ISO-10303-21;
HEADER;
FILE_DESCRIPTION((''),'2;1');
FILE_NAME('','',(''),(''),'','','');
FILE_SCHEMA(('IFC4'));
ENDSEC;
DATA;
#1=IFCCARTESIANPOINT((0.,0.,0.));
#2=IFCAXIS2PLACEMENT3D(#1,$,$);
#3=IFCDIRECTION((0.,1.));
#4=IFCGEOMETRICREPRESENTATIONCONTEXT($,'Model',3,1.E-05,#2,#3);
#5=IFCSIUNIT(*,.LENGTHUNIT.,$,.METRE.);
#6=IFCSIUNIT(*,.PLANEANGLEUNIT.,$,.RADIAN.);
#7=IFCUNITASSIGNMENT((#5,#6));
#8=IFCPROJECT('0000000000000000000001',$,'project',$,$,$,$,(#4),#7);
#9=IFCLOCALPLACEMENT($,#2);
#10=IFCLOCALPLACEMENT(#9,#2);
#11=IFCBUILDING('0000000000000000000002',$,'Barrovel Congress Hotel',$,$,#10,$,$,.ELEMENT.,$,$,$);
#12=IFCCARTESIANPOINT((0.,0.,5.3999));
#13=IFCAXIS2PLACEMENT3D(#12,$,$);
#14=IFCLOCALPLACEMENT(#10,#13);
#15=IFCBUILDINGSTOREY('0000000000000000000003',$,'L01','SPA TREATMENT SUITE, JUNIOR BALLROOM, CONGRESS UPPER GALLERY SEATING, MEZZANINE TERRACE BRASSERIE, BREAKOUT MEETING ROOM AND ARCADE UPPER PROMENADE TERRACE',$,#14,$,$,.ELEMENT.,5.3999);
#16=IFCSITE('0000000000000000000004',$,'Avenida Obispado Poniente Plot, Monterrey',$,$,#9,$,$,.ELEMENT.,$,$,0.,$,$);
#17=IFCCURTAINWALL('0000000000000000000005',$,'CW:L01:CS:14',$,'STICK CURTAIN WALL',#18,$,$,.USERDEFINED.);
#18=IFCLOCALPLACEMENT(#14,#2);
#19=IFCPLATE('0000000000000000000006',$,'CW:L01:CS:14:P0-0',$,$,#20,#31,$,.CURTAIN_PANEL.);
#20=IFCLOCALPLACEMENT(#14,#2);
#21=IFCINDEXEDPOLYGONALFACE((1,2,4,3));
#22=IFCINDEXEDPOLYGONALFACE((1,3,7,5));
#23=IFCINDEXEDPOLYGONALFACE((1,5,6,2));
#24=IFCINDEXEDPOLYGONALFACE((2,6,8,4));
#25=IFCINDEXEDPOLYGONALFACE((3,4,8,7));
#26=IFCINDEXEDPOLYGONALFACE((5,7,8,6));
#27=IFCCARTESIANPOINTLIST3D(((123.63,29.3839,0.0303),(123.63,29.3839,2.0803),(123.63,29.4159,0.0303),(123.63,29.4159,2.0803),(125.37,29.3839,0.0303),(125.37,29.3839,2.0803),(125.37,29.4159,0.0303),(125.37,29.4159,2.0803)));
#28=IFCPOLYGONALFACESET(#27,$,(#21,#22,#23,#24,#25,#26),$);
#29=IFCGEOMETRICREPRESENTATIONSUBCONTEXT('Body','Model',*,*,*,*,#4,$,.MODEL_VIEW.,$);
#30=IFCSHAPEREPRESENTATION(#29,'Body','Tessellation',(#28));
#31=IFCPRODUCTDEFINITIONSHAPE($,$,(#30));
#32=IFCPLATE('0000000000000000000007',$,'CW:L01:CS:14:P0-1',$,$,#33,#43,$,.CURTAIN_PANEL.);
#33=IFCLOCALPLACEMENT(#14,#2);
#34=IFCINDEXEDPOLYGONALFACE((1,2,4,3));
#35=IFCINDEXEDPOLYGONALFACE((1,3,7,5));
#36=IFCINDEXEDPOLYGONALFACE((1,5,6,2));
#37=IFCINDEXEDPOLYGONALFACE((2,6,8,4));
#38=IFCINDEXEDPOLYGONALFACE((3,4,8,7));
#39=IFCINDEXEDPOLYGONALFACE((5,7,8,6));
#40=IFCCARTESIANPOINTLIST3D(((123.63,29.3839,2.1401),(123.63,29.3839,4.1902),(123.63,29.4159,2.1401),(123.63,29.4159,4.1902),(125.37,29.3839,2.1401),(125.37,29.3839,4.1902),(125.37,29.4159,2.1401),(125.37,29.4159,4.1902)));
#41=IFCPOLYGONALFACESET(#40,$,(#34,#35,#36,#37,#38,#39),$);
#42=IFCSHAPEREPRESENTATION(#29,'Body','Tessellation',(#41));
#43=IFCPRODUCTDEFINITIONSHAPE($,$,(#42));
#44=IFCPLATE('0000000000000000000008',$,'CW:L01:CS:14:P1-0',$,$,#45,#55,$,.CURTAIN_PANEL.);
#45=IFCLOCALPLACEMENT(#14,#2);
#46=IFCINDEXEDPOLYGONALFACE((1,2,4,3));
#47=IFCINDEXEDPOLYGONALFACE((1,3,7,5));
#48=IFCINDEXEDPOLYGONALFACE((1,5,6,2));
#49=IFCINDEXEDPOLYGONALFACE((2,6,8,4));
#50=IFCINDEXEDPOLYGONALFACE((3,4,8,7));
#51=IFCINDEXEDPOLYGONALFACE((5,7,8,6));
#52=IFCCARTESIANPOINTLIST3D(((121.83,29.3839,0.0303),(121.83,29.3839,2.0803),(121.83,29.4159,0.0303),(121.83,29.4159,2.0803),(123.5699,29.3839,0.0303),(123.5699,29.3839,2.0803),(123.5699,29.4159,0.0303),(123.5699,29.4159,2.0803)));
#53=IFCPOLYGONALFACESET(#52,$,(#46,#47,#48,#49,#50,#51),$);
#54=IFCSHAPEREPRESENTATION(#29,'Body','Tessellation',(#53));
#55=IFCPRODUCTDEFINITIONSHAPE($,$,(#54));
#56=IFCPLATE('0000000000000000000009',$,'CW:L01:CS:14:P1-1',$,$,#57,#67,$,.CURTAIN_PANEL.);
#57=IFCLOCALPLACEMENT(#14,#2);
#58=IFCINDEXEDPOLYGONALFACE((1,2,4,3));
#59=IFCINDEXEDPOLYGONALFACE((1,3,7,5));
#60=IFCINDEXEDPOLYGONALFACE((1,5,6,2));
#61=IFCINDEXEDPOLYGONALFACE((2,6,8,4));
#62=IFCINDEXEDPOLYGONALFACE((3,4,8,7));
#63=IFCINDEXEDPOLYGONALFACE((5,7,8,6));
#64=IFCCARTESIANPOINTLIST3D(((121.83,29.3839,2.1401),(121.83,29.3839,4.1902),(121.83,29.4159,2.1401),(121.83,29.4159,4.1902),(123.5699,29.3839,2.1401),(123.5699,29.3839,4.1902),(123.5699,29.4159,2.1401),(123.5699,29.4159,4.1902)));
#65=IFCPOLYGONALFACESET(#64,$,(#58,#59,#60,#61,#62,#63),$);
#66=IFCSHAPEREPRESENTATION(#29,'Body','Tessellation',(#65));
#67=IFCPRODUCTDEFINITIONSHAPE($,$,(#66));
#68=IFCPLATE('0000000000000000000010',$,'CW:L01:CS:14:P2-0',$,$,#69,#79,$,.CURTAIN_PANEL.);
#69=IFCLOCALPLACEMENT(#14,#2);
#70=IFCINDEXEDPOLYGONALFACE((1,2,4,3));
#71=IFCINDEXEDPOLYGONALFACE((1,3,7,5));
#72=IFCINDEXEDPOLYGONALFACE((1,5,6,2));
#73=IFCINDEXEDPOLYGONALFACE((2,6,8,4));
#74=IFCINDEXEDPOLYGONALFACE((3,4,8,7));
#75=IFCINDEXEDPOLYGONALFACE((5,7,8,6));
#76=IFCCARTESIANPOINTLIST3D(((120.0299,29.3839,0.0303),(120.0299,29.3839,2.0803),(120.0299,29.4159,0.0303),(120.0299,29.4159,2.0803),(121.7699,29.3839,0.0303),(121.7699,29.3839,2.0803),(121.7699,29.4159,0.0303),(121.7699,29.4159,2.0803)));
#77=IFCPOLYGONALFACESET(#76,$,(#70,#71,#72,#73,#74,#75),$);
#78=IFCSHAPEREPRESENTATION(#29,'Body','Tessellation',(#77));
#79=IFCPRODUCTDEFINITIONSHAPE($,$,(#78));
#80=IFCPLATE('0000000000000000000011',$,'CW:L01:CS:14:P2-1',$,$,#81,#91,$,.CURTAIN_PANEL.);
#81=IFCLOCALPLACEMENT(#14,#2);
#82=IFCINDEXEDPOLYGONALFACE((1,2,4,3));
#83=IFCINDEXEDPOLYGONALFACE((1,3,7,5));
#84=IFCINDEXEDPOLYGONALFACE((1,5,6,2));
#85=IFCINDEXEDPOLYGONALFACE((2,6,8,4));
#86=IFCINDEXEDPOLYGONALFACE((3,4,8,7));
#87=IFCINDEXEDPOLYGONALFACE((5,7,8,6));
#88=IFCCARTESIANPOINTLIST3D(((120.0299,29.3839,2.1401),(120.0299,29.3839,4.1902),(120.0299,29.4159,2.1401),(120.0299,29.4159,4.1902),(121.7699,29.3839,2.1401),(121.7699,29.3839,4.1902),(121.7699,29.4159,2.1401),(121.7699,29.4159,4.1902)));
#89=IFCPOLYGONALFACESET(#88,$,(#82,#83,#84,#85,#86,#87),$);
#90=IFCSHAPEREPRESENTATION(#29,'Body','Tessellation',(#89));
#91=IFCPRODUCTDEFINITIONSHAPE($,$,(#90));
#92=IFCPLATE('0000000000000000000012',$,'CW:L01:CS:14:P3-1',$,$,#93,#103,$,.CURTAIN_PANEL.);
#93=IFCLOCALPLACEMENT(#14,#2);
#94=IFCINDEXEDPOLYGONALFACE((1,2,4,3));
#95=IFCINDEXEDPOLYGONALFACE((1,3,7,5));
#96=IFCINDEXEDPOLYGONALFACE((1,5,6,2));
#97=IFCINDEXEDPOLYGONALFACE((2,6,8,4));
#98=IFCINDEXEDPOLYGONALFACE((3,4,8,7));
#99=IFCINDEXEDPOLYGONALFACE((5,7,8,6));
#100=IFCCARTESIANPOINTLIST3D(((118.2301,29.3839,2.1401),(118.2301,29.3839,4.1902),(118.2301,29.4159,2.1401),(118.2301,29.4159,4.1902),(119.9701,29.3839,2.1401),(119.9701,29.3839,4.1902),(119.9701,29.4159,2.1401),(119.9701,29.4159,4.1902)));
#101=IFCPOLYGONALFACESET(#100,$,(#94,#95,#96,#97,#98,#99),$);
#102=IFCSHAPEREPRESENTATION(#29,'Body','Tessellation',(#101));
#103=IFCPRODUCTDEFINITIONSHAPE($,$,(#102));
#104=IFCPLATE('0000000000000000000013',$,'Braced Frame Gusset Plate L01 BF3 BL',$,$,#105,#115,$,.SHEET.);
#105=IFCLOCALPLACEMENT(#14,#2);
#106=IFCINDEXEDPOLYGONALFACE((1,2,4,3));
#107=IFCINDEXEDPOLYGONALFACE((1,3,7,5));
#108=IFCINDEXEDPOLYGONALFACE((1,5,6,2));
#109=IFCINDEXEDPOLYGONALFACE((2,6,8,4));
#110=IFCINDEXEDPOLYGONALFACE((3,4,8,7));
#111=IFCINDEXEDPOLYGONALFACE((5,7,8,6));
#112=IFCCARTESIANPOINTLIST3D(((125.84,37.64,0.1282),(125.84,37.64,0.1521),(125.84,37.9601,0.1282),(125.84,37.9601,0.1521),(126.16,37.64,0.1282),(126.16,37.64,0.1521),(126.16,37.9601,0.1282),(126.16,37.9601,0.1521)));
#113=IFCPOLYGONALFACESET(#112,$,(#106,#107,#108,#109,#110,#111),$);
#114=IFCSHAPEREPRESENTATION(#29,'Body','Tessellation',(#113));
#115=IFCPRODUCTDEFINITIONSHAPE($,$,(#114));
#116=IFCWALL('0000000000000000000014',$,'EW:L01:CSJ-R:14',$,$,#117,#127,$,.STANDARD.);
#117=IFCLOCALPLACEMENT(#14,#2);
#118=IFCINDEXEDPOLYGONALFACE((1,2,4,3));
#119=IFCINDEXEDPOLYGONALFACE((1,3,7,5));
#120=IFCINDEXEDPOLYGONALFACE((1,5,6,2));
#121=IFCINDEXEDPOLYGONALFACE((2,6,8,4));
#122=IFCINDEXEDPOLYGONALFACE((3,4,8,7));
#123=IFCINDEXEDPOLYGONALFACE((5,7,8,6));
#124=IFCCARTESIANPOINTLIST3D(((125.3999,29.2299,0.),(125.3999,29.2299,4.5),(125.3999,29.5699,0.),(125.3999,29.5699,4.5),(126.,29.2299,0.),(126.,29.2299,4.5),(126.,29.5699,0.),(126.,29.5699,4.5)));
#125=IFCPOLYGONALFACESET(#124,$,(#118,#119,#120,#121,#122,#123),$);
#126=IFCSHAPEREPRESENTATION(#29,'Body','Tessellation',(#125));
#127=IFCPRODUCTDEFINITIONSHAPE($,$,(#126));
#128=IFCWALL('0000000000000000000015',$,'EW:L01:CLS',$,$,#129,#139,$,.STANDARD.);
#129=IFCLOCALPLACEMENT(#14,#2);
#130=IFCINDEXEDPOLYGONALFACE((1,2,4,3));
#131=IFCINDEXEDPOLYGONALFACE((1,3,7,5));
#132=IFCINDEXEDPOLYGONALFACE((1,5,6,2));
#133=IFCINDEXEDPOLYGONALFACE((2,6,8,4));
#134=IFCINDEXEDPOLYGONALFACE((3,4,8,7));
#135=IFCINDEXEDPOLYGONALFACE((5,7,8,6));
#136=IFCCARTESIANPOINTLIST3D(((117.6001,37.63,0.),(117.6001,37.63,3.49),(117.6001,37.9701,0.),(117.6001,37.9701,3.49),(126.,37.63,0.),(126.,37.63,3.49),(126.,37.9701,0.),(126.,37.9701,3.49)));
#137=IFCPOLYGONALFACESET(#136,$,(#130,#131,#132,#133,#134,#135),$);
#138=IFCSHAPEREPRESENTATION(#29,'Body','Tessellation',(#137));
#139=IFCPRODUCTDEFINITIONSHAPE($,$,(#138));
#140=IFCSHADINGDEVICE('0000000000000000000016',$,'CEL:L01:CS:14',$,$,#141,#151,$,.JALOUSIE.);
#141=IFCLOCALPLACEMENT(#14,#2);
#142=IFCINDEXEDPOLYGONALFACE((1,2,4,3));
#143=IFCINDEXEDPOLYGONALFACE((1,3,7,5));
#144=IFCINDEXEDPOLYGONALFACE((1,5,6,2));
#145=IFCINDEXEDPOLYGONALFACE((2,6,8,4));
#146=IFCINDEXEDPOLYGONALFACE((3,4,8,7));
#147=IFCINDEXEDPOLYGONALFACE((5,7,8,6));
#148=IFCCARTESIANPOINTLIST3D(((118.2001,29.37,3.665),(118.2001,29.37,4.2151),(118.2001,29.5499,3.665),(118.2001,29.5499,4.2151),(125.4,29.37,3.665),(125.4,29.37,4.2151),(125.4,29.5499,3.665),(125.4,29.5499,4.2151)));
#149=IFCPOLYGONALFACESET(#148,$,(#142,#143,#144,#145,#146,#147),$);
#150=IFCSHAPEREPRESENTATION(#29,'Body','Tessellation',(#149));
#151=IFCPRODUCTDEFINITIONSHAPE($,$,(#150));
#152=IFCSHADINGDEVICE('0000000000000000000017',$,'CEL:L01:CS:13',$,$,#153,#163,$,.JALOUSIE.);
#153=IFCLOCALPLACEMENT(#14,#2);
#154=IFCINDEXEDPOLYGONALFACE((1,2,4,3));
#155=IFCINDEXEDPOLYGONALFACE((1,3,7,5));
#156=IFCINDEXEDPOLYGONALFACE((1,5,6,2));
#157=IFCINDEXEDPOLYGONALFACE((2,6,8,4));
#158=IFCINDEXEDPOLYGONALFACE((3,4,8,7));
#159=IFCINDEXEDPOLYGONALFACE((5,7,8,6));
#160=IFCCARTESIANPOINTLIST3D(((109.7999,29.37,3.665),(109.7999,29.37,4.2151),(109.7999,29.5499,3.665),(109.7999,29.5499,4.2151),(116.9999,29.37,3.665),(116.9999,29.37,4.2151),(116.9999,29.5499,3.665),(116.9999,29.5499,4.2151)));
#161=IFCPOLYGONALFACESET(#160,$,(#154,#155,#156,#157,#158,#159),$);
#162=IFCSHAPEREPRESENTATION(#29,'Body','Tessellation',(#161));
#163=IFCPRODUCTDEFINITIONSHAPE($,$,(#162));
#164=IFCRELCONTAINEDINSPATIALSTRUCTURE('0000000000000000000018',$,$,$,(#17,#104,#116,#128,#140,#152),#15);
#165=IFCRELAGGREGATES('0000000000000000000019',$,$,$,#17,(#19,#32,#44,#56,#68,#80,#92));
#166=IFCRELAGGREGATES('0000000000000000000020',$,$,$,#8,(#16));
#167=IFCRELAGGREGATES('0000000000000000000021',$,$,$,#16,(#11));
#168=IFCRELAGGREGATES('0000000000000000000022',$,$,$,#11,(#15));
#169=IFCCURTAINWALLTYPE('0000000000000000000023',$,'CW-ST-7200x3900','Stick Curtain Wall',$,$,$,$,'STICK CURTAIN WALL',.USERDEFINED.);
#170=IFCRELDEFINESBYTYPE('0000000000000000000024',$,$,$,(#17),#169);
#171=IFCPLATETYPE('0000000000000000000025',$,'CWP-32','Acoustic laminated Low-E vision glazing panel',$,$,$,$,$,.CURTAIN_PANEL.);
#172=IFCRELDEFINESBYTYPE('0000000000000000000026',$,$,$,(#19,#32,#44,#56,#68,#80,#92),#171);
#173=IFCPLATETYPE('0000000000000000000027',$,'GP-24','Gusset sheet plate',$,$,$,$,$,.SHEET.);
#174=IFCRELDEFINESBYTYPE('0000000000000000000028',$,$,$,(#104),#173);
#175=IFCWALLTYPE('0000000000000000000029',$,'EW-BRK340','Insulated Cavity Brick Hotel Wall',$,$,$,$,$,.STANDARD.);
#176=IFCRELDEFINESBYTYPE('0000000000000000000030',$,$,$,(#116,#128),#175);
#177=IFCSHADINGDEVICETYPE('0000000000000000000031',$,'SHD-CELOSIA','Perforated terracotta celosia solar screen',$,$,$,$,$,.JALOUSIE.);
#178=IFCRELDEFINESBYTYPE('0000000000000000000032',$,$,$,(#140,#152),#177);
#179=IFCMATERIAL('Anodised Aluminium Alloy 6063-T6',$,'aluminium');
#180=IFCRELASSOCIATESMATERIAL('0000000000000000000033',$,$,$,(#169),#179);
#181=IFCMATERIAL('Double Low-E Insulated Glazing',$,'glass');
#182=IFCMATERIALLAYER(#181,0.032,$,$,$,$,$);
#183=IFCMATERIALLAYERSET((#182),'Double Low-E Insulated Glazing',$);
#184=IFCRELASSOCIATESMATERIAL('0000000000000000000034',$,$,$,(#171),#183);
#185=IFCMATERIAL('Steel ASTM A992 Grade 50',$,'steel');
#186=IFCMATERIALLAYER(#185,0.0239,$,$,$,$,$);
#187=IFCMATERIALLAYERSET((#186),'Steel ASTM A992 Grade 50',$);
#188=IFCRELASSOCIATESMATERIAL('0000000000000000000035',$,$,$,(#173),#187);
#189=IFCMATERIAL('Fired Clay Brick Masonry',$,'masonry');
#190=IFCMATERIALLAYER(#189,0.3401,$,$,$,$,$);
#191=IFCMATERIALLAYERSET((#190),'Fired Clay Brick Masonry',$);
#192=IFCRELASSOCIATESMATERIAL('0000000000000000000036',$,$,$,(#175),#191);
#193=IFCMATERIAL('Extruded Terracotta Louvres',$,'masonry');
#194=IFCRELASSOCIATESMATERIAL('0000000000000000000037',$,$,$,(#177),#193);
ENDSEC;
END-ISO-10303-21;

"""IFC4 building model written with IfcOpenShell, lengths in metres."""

from ifc_helpers import new_model, si_unit, direction, frame, frame_2d, origin, origin_2d, place, context, subcontext, project, spatial, rectangle, extrude, material, layer, layer_set, type_object, element, aggregate, save


model = new_model("IFC4")

# Units and contexts
model_context = context("Model", 3, precision=1e-05, world=origin(), true_north=direction((0.0, 1.0)))
body_context = subcontext(model_context, "Body", "Model", "MODEL_VIEW")
ifc_project = project(units=[si_unit("LENGTHUNIT", "METRE"), si_unit("PLANEANGLEUNIT", "RADIAN")], contexts=[model_context])

# Site, building, storey
site_placement = place(None, origin())
site = spatial("IfcSite", under=ifc_project, at=site_placement, Name="Avenida Obispado Poniente Plot, Monterrey", CompositionType="ELEMENT", RefElevation=0.0)
building_placement = place(site_placement, origin())
building = spatial("IfcBuilding", under=site, at=building_placement, Name="Barrovel Congress Hotel", CompositionType="ELEMENT")
storey_placement = place(building_placement, frame((0.0, 0.0, 5.3999)))
storey = spatial("IfcBuildingStorey", under=building, at=storey_placement, Name="L01", Description="SPA TREATMENT SUITE, JUNIOR BALLROOM, CONGRESS UPPER GALLERY SEATING, MEZZANINE TERRACE BRASSERIE, BREAKOUT MEETING ROOM AND ARCADE UPPER PROMENADE TERRACE", CompositionType="ELEMENT", Elevation=5.3999)

# Curtain wall
ifc_material_1 = material(Name="Anodised Aluminium Alloy 6063-T6", Category="aluminium")
curtain_wall_type = type_object("IfcCurtainWallType", Name="CW-ST-7200x3900", Description="Stick Curtain Wall", ElementType="STICK CURTAIN WALL", PredefinedType="USERDEFINED", material=ifc_material_1)
curtain_wall_placement = place(storey_placement, origin())
curtain_wall = element("IfcCurtainWall", 1, at=curtain_wall_placement, inside=storey, type_object=curtain_wall_type, Name="CW:L01:CS:14", ObjectType="STICK CURTAIN WALL", PredefinedType="USERDEFINED")

# Shared definitions
ifc_material_2 = material(Name="Steel ASTM A992 Grade 50", Category="steel")

# Plates
ifc_material_3 = material(Name="Double Low-E Insulated Glazing", Category="glass")
ifc_layer_1 = layer(ifc_material_3, 0.032)
ifc_layer_set_1 = layer_set([ifc_layer_1], Name="Double Low-E Insulated Glazing")
plate_type_1 = type_object("IfcPlateType", Name="CWP-32", Description="Acoustic laminated Low-E vision glazing panel", PredefinedType="CURTAIN_PANEL", material=ifc_layer_set_1)
plate_1_placement = place(storey_placement, frame((124.5, 29.3999, 0.0303), z_axis=(0.0, 0.0, 1.0), x_axis=(-1.0, 0.0, 0.0)))
plate_1 = element("IfcPlate", 2, at=plate_1_placement, type_object=plate_type_1, Name="CW:L01:CS:14:P0-0", PredefinedType="CURTAIN_PANEL", context=body_context, shape_type="SweptSolid", body=[
    extrude(rectangle(XDim=1.74, YDim=0.032, at=origin_2d()), origin(), (0.0, 0.0, 1.0), 2.05),
])
plate_2_placement = place(storey_placement, frame((124.5, 29.3999, 2.1401), z_axis=(0.0, 0.0, 1.0), x_axis=(-1.0, 0.0, 0.0)))
plate_2 = element("IfcPlate", 3, at=plate_2_placement, type_object=plate_type_1, Name="CW:L01:CS:14:P0-1", PredefinedType="CURTAIN_PANEL", context=body_context, shape_type="SweptSolid", body=[
    extrude(rectangle(XDim=1.74, YDim=0.032, at=origin_2d()), origin(), (0.0, 0.0, 1.0), 2.05),
])
plate_3_placement = place(storey_placement, frame((122.7, 29.3999, 0.0303), z_axis=(0.0, 0.0, 1.0), x_axis=(-1.0, 0.0, 0.0)))
plate_3 = element("IfcPlate", 4, at=plate_3_placement, type_object=plate_type_1, Name="CW:L01:CS:14:P1-0", PredefinedType="CURTAIN_PANEL", context=body_context, shape_type="SweptSolid", body=[
    extrude(rectangle(XDim=1.74, YDim=0.032, at=origin_2d()), origin(), (0.0, 0.0, 1.0), 2.05),
])
plate_4_placement = place(storey_placement, frame((122.7, 29.3999, 2.1401), z_axis=(0.0, 0.0, 1.0), x_axis=(-1.0, 0.0, 0.0)))
plate_4 = element("IfcPlate", 5, at=plate_4_placement, type_object=plate_type_1, Name="CW:L01:CS:14:P1-1", PredefinedType="CURTAIN_PANEL", context=body_context, shape_type="SweptSolid", body=[
    extrude(rectangle(XDim=1.74, YDim=0.032, at=origin_2d()), origin(), (0.0, 0.0, 1.0), 2.05),
])
plate_5_placement = place(storey_placement, frame((120.8999, 29.3999, 0.0303), z_axis=(0.0, 0.0, 1.0), x_axis=(-1.0, 0.0, 0.0)))
plate_5 = element("IfcPlate", 6, at=plate_5_placement, type_object=plate_type_1, Name="CW:L01:CS:14:P2-0", PredefinedType="CURTAIN_PANEL", context=body_context, shape_type="SweptSolid", body=[
    extrude(rectangle(XDim=1.74, YDim=0.032, at=origin_2d()), origin(), (0.0, 0.0, 1.0), 2.05),
])
plate_6_placement = place(storey_placement, frame((120.8999, 29.3999, 2.1401), z_axis=(0.0, 0.0, 1.0), x_axis=(-1.0, 0.0, 0.0)))
plate_6 = element("IfcPlate", 7, at=plate_6_placement, type_object=plate_type_1, Name="CW:L01:CS:14:P2-1", PredefinedType="CURTAIN_PANEL", context=body_context, shape_type="SweptSolid", body=[
    extrude(rectangle(XDim=1.74, YDim=0.032, at=origin_2d()), origin(), (0.0, 0.0, 1.0), 2.05),
])
plate_7_placement = place(storey_placement, frame((119.1001, 29.3999, 2.1401), z_axis=(0.0, 0.0, 1.0), x_axis=(-1.0, 0.0, 0.0)))
plate_7 = element("IfcPlate", 8, at=plate_7_placement, type_object=plate_type_1, Name="CW:L01:CS:14:P3-1", PredefinedType="CURTAIN_PANEL", context=body_context, shape_type="SweptSolid", body=[
    extrude(rectangle(XDim=1.74, YDim=0.032, at=origin_2d()), origin(), (0.0, 0.0, 1.0), 2.05),
])
aggregate(curtain_wall, [plate_1, plate_2, plate_3, plate_4, plate_5, plate_6, plate_7])
ifc_layer_2 = layer(ifc_material_2, 0.0239)
ifc_layer_set_2 = layer_set([ifc_layer_2], Name="Steel ASTM A992 Grade 50")
plate_type_2 = type_object("IfcPlateType", Name="GP-24", Description="Gusset sheet plate", PredefinedType="SHEET", material=ifc_layer_set_2)
plate_8_placement = place(storey_placement, frame((126.0, 37.8, 0.1282), z_axis=(0.0, 0.0, 1.0), x_axis=(1.0, 0.0, 0.0)))
element("IfcPlate", 9, at=plate_8_placement, inside=storey, type_object=plate_type_2, Name="Braced Frame Gusset Plate L01 BF3 BL", PredefinedType="SHEET", context=body_context, shape_type="SweptSolid", body=[
    extrude(rectangle(XDim=0.3201, YDim=0.3201, at=origin_2d()), origin(), (0.0, 0.0, 1.0), 0.0239),
])

# Walls
ifc_material_4 = material(Name="Fired Clay Brick Masonry", Category="masonry")
ifc_layer_3 = layer(ifc_material_4, 0.3401)
ifc_layer_set_3 = layer_set([ifc_layer_3], Name="Fired Clay Brick Masonry")
wall_type = type_object("IfcWallType", Name="EW-BRK340", Description="Insulated Cavity Brick Hotel Wall", PredefinedType="STANDARD", material=ifc_layer_set_3)
wall_1_placement = place(storey_placement, frame((126.0, 29.3999, 0.0), z_axis=(0.0, 0.0, 1.0), x_axis=(-1.0, 0.0, 0.0)))
element("IfcWall", 10, at=wall_1_placement, inside=storey, type_object=wall_type, Name="EW:L01:CSJ-R:14", PredefinedType="STANDARD", context=body_context, shape_type="SweptSolid", body=[
    extrude(rectangle(XDim=0.6001, YDim=0.3401, at=frame_2d((0.3, 0.0))), origin(), (0.0, 0.0, 1.0), 4.5),
])
wall_2_placement = place(storey_placement, frame((117.6001, 37.8, 0.0), z_axis=(0.0, 0.0, 1.0), x_axis=(1.0, 0.0, 0.0)))
element("IfcWall", 11, at=wall_2_placement, inside=storey, type_object=wall_type, Name="EW:L01:CLS", PredefinedType="STANDARD", context=body_context, shape_type="SweptSolid", body=[
    extrude(rectangle(XDim=8.3999, YDim=0.3401, at=frame_2d((4.2, 0.0))), origin(), (0.0, 0.0, 1.0), 3.49),
])

# Shading devices
ifc_material_5 = material(Name="Extruded Terracotta Louvres", Category="masonry")
shading_device_type = type_object("IfcShadingDeviceType", Name="SHD-CELOSIA", Description="Perforated terracotta celosia solar screen", PredefinedType="JALOUSIE", material=ifc_material_5)
for number, where, z_axis, x_axis, name in (
    (12, (121.8, 29.46, 3.665), (0.0, 0.0, 1.0), (1.0, 0.0, 0.0), "CEL:L01:CS:14"),
    (13, (113.3999, 29.46, 3.665), (0.0, 0.0, 1.0), (1.0, 0.0, 0.0), "CEL:L01:CS:13"),
):
    element("IfcShadingDevice", number, at=place(storey_placement, frame(where, z_axis=z_axis, x_axis=x_axis)), inside=storey, type_object=shading_device_type, Name=name, PredefinedType="JALOUSIE", context=body_context, shape_type="SweptSolid", body=[
        extrude(rectangle(XDim=7.2, YDim=0.1799, at=origin_2d()), origin(), (0.0, 0.0, 1.0), 0.55),
    ])

save(model, "model.ifc")
